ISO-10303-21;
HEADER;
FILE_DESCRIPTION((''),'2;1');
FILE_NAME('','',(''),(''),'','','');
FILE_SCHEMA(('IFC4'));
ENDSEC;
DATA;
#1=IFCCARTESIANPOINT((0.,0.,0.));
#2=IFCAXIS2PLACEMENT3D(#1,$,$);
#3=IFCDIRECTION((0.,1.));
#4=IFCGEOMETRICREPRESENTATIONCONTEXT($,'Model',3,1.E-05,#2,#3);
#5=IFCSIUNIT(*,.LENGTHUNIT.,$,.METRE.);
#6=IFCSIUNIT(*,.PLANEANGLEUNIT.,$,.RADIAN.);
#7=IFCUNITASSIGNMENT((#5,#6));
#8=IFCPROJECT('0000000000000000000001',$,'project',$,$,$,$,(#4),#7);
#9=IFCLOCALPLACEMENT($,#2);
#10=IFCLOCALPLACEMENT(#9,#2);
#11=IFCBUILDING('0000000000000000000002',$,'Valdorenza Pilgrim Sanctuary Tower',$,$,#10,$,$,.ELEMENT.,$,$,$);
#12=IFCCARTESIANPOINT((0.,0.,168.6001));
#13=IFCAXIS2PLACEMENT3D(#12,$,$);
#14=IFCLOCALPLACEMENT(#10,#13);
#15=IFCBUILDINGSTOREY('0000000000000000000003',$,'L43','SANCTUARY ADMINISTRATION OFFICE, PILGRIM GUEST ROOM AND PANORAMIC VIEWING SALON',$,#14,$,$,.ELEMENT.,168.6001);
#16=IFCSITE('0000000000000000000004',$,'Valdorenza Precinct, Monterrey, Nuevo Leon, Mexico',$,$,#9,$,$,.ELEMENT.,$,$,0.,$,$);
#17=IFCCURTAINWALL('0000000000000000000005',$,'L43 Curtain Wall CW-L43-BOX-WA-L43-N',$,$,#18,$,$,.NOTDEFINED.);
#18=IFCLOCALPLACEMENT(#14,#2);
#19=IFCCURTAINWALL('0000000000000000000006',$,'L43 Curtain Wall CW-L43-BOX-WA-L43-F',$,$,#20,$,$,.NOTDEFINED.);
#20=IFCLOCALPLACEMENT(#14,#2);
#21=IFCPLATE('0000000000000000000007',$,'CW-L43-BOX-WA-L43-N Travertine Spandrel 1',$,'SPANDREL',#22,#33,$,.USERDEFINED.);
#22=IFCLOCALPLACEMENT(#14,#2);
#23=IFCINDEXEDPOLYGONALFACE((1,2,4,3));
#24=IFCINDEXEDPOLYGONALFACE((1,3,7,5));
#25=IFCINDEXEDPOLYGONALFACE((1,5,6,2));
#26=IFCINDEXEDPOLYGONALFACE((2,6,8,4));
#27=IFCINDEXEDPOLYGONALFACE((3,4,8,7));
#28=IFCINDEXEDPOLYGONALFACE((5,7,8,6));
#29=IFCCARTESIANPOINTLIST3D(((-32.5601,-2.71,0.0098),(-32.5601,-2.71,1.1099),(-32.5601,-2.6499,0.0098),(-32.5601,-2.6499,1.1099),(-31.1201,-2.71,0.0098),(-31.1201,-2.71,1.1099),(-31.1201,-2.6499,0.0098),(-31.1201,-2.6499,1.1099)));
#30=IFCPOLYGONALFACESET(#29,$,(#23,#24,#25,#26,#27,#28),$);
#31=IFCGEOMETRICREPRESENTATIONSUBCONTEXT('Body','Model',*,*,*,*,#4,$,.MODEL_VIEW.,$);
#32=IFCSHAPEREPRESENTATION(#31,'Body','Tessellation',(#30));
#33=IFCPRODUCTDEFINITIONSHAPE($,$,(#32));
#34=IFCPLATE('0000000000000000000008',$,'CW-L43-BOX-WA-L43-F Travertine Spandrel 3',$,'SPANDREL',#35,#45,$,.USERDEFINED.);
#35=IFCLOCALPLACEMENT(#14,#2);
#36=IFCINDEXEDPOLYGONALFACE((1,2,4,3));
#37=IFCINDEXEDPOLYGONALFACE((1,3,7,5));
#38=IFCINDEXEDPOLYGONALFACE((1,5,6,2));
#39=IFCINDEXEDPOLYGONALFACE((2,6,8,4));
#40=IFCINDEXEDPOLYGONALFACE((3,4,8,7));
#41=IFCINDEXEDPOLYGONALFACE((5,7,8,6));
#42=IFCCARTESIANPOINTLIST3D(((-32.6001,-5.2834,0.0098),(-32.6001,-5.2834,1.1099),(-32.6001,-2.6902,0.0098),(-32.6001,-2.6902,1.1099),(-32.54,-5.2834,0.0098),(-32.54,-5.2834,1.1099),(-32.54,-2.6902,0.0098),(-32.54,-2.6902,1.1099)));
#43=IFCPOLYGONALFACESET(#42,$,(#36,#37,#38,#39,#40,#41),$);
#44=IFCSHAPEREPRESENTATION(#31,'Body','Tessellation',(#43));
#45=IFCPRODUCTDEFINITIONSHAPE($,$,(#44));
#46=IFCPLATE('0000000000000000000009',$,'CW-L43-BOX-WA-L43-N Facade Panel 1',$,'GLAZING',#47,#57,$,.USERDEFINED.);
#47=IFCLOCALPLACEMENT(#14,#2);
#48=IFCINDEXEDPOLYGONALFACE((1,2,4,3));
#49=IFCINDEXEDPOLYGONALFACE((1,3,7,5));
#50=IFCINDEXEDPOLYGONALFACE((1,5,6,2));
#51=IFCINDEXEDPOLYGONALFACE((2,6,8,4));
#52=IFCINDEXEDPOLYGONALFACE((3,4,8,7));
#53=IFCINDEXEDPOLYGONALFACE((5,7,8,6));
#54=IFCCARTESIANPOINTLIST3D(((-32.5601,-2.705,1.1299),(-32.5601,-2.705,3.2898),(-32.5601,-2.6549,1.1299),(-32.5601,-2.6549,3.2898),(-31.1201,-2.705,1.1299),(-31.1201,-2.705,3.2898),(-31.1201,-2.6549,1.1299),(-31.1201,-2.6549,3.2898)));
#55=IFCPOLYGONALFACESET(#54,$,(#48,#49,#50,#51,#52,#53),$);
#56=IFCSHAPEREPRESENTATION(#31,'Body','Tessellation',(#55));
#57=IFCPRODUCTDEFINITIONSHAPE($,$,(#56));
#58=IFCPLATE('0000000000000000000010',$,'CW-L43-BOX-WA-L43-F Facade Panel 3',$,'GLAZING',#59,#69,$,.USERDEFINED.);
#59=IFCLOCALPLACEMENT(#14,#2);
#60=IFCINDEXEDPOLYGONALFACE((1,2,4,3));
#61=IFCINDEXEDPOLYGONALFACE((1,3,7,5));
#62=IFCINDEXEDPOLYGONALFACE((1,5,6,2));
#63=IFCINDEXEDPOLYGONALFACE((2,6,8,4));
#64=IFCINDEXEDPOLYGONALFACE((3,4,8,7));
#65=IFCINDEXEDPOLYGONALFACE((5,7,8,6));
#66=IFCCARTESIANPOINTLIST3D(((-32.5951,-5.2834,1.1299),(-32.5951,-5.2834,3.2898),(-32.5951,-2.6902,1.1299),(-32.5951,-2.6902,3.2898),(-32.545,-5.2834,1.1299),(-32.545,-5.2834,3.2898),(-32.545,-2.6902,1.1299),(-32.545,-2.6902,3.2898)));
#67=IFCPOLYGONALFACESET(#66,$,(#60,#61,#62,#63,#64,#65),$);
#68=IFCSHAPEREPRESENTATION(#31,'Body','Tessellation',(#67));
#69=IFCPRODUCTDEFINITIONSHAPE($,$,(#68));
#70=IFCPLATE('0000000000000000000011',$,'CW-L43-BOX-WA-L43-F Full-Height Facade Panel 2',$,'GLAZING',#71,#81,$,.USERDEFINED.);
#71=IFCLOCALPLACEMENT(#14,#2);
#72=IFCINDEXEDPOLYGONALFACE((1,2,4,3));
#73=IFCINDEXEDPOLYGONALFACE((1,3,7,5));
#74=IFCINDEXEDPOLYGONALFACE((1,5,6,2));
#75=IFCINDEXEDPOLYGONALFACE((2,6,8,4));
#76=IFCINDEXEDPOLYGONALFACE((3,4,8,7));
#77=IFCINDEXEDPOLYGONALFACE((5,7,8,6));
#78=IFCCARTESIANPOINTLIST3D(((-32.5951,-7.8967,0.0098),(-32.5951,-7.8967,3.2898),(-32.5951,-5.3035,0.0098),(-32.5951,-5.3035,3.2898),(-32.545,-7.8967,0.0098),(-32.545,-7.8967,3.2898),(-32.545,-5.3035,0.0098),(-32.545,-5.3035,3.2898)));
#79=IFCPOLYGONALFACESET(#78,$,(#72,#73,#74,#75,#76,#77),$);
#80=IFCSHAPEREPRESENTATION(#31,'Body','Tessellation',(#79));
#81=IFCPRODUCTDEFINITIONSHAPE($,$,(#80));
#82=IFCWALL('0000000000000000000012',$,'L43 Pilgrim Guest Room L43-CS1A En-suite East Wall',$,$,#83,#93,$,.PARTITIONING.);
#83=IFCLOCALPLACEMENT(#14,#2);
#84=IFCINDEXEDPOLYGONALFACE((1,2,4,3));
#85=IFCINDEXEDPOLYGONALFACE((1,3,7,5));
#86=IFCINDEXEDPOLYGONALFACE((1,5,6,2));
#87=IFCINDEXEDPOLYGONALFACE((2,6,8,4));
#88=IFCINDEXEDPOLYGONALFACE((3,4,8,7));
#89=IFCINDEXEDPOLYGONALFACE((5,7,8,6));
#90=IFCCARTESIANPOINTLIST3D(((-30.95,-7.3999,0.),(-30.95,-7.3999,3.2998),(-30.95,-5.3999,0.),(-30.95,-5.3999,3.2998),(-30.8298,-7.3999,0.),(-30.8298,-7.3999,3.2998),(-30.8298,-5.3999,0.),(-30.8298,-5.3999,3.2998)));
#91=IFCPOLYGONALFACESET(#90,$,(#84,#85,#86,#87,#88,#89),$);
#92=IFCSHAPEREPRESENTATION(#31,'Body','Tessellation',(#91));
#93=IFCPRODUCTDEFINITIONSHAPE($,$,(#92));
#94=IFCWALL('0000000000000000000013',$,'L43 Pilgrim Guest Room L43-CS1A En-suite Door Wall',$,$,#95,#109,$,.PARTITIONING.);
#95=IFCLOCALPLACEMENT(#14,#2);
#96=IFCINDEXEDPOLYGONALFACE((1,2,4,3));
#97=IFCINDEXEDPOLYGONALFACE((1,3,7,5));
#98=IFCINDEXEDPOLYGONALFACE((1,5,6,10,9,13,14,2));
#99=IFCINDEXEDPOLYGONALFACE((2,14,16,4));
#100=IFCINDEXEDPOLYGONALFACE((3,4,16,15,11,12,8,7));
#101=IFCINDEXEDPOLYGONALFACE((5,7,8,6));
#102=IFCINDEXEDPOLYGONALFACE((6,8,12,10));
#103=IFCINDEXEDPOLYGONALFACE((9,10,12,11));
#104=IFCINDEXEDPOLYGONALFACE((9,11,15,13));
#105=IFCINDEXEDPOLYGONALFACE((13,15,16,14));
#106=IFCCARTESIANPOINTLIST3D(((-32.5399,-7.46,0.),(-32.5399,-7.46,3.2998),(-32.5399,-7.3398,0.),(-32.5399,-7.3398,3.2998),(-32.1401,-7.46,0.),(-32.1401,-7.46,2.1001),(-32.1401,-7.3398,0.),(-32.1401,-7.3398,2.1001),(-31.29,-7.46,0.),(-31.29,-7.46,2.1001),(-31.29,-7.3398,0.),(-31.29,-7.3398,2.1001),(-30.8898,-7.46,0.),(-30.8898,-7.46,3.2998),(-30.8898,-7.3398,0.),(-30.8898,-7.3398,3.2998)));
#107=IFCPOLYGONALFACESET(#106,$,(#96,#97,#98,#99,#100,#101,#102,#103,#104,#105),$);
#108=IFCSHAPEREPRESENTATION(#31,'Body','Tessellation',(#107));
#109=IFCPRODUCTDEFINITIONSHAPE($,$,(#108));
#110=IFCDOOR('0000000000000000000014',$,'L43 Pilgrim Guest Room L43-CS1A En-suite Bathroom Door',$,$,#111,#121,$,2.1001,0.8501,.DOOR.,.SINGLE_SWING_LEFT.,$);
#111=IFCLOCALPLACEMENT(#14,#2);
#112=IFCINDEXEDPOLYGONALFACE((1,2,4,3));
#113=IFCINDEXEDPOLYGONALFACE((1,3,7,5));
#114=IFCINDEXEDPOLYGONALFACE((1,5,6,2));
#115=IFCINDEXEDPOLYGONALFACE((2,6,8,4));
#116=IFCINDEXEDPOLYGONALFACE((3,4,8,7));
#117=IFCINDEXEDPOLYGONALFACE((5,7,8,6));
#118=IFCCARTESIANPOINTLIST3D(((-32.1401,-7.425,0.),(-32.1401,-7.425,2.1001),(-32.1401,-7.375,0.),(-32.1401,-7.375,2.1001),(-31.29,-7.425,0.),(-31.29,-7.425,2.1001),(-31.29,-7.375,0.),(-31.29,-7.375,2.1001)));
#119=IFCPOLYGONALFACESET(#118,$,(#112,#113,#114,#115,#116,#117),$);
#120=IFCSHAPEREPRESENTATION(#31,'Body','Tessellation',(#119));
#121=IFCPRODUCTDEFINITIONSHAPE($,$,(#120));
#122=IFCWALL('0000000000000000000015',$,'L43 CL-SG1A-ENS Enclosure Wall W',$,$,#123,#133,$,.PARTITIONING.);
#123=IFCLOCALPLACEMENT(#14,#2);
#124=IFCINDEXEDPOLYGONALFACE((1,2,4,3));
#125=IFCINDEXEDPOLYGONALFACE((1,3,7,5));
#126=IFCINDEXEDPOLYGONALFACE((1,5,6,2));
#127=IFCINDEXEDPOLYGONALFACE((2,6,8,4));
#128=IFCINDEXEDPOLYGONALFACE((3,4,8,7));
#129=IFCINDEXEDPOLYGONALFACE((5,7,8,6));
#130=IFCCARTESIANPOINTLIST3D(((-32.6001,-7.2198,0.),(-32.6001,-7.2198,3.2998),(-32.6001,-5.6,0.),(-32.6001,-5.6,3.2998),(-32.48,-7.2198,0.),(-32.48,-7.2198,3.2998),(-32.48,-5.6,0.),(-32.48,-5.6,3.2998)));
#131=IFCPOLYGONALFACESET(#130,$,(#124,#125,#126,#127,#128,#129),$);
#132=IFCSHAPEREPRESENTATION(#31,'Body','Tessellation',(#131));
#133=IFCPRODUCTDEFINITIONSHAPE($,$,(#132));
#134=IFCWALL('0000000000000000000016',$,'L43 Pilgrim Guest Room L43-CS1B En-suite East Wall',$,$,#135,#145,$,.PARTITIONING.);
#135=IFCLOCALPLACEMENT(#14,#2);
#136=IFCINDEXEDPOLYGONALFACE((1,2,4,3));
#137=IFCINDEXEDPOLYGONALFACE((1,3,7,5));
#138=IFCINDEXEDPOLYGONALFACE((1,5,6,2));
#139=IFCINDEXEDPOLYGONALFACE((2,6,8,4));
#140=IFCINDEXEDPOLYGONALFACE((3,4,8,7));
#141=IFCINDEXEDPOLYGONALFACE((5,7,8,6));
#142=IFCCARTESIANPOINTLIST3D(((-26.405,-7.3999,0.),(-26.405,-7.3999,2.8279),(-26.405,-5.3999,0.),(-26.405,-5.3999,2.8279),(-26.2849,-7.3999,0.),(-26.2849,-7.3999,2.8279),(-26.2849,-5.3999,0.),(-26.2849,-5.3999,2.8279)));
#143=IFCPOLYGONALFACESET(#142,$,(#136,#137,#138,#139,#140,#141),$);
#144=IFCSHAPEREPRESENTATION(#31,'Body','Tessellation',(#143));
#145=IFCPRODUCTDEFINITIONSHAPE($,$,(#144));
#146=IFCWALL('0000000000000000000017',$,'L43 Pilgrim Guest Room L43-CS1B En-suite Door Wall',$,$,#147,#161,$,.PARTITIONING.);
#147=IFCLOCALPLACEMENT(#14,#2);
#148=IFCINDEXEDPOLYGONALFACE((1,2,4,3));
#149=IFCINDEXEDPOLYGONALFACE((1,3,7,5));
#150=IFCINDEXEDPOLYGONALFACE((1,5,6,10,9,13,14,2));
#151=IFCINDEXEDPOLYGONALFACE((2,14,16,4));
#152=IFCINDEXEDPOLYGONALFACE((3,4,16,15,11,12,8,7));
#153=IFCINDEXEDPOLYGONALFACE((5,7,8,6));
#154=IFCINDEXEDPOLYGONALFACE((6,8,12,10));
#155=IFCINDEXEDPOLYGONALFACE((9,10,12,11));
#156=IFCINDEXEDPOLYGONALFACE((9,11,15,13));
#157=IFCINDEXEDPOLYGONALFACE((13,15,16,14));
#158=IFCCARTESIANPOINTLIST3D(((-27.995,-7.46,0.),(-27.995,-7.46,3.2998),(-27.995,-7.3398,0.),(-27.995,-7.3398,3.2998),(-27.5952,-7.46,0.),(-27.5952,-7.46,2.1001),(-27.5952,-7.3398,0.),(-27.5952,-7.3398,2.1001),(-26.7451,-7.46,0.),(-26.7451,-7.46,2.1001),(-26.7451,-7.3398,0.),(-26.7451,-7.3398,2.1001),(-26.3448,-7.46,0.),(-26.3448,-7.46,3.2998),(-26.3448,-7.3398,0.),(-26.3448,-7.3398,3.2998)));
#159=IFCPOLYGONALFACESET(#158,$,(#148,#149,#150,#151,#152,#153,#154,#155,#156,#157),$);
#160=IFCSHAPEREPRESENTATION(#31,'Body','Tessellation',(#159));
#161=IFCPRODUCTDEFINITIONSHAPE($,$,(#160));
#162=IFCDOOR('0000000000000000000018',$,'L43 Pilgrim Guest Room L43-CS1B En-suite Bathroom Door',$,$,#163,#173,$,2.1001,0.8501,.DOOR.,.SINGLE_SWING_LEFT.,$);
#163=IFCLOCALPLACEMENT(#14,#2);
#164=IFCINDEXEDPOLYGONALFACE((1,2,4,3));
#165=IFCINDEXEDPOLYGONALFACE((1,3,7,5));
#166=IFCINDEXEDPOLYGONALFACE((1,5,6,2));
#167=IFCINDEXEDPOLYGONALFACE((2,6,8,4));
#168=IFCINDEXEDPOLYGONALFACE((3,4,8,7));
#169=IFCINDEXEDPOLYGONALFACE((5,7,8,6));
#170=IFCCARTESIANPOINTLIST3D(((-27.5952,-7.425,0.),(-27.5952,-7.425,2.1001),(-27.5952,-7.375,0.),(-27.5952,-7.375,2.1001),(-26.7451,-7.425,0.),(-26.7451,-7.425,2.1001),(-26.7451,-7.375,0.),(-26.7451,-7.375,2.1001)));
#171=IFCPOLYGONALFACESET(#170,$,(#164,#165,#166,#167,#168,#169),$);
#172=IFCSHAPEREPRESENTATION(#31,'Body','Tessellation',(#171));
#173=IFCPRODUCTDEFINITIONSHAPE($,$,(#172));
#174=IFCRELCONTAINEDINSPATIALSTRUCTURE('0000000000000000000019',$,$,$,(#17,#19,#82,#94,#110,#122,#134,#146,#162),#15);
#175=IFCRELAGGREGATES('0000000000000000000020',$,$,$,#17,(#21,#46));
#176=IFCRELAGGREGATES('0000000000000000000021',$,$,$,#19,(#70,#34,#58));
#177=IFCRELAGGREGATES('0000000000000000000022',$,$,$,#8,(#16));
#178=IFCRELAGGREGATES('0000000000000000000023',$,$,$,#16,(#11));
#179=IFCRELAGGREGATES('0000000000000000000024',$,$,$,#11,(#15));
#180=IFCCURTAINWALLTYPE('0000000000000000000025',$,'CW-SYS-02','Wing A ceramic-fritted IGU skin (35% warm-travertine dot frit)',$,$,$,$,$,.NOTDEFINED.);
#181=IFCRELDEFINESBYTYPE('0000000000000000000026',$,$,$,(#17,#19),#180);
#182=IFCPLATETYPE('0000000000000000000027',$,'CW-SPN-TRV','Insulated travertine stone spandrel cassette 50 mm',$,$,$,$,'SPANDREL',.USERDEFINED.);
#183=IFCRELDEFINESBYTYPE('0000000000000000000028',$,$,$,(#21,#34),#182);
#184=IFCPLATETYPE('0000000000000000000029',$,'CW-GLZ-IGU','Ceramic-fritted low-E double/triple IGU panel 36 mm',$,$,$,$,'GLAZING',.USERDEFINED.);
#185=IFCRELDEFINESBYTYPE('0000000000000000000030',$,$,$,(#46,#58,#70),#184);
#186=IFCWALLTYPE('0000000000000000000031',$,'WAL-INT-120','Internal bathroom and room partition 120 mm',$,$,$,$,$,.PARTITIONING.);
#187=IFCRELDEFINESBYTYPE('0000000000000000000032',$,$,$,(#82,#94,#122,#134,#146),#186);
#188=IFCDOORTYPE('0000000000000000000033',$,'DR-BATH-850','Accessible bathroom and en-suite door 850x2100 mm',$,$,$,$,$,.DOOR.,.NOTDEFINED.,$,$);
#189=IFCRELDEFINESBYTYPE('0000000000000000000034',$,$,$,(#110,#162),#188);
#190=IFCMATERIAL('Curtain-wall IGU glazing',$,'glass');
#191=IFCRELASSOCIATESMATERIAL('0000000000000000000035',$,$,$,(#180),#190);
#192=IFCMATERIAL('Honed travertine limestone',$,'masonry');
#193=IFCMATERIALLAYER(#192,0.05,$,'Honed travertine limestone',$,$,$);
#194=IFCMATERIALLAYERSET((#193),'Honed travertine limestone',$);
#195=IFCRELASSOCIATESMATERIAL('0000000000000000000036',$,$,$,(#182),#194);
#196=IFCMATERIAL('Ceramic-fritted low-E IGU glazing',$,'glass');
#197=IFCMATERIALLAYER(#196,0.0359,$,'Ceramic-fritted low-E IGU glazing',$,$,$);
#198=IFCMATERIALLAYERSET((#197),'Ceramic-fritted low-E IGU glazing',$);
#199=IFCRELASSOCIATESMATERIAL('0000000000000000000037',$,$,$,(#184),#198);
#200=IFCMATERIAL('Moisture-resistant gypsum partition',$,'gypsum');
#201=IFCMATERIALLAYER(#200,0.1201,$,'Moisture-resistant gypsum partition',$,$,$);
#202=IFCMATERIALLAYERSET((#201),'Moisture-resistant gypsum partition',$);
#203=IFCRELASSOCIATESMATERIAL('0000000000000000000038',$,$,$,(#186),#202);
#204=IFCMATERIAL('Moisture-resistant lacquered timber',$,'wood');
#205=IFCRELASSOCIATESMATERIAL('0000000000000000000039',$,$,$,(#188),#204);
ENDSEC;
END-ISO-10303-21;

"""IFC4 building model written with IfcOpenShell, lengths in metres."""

from ifc_helpers import new_model, si_unit, direction, frame, frame_2d, origin, origin_2d, place, context, subcontext, project, spatial, rectangle, extrude, source, transform, mapped, material, layer, layer_set, type_object, element, fill, aggregate, save


model = new_model("IFC4")

# Units and contexts
model_context = context("Model", 3, precision=1e-05, world=origin(), true_north=direction((0.0, 1.0)))
body_context = subcontext(model_context, "Body", "Model", "MODEL_VIEW")
ifc_project = project(units=[si_unit("LENGTHUNIT", "METRE"), si_unit("PLANEANGLEUNIT", "RADIAN")], contexts=[model_context])

# Site, building, storey
site_placement = place(None, origin())
site = spatial("IfcSite", under=ifc_project, at=site_placement, Name="Valdorenza Precinct, Monterrey, Nuevo Leon, Mexico", CompositionType="ELEMENT", RefElevation=0.0)
building_placement = place(site_placement, origin())
building = spatial("IfcBuilding", under=site, at=building_placement, Name="Valdorenza Pilgrim Sanctuary Tower", CompositionType="ELEMENT")
storey_placement = place(building_placement, frame((0.0, 0.0, 168.6001)))
storey = spatial("IfcBuildingStorey", under=building, at=storey_placement, Name="L43", Description="SANCTUARY ADMINISTRATION OFFICE, PILGRIM GUEST ROOM AND PANORAMIC VIEWING SALON", CompositionType="ELEMENT", Elevation=168.6001)

# Curtain wall
ifc_material_1 = material(Name="Curtain-wall IGU glazing", Category="glass")
curtain_wall_type = type_object("IfcCurtainWallType", Name="CW-SYS-02", Description="Wing A ceramic-fritted IGU skin (35% warm-travertine dot frit)", PredefinedType="NOTDEFINED", material=ifc_material_1)
curtain_wall_1_placement = place(storey_placement, origin())
curtain_wall_1 = element("IfcCurtainWall", 1, at=curtain_wall_1_placement, inside=storey, type_object=curtain_wall_type, Name="L43 Curtain Wall CW-L43-BOX-WA-L43-N", PredefinedType="NOTDEFINED")

# Curtain wall
curtain_wall_2_placement = place(storey_placement, origin())
curtain_wall_2 = element("IfcCurtainWall", 2, at=curtain_wall_2_placement, inside=storey, type_object=curtain_wall_type, Name="L43 Curtain Wall CW-L43-BOX-WA-L43-F", PredefinedType="NOTDEFINED")

# Plates
ifc_material_2 = material(Name="Honed travertine limestone", Category="masonry")
ifc_layer_1 = layer(ifc_material_2, 0.05, Name="Honed travertine limestone")
ifc_layer_set_1 = layer_set([ifc_layer_1], Name="Honed travertine limestone")
plate_type_1 = type_object("IfcPlateType", Name="CW-SPN-TRV", Description="Insulated travertine stone spandrel cassette 50 mm", ElementType="SPANDREL", PredefinedType="USERDEFINED", material=ifc_layer_set_1)
shared_shape_1 = source(origin(), body_context, "Body", "SweptSolid", [
    extrude(rectangle(XDim=1.4399, YDim=0.0601, at=origin_2d()), origin(), (0.0, 0.0, 1.0), 1.1001),
])
plate_1_placement = place(storey_placement, frame((-31.8401, -2.6799, 0.0098), z_axis=(0.0, 0.0, 1.0), x_axis=(1.0, 0.0, 0.0)))
plate_1 = element("IfcPlate", 3, at=plate_1_placement, type_object=plate_type_1, Name="CW-L43-BOX-WA-L43-N Travertine Spandrel 1", ObjectType="SPANDREL", PredefinedType="USERDEFINED", context=body_context, shape_type="MappedRepresentation", body=[
    mapped(shared_shape_1, transform((0.0, 0.0, 0.0), x_axis=(1.0, 0.0, 0.0), y_axis=(0.0, 1.0, 0.0), z_axis=(0.0, 0.0, 1.0), scale=1.0)),
])
shared_shape_2 = source(origin(), body_context, "Body", "SweptSolid", [
    extrude(rectangle(XDim=2.5933, YDim=0.0601, at=origin_2d()), origin(), (0.0, 0.0, 1.0), 1.1001),
])
plate_2_placement = place(storey_placement, frame((-32.5701, -3.9868, 0.0098), z_axis=(0.0, 0.0, 1.0), x_axis=(0.0, 1.0, 0.0)))
plate_2 = element("IfcPlate", 4, at=plate_2_placement, type_object=plate_type_1, Name="CW-L43-BOX-WA-L43-F Travertine Spandrel 3", ObjectType="SPANDREL", PredefinedType="USERDEFINED", context=body_context, shape_type="MappedRepresentation", body=[
    mapped(shared_shape_2, transform((0.0, 0.0, 0.0), x_axis=(1.0, 0.0, 0.0), y_axis=(0.0, 1.0, 0.0), z_axis=(0.0, 0.0, 1.0), scale=1.0)),
])
ifc_material_3 = material(Name="Ceramic-fritted low-E IGU glazing", Category="glass")
ifc_layer_2 = layer(ifc_material_3, 0.0359, Name="Ceramic-fritted low-E IGU glazing")
ifc_layer_set_2 = layer_set([ifc_layer_2], Name="Ceramic-fritted low-E IGU glazing")
plate_type_2 = type_object("IfcPlateType", Name="CW-GLZ-IGU", Description="Ceramic-fritted low-E double/triple IGU panel 36 mm", ElementType="GLAZING", PredefinedType="USERDEFINED", material=ifc_layer_set_2)
shared_shape_3 = source(origin(), body_context, "Body", "SweptSolid", [
    extrude(rectangle(XDim=1.4399, YDim=0.05, at=origin_2d()), origin(), (0.0, 0.0, 1.0), 2.1599),
])
plate_3_placement = place(storey_placement, frame((-31.8401, -2.6799, 1.1299), z_axis=(0.0, 0.0, 1.0), x_axis=(1.0, 0.0, 0.0)))
plate_3 = element("IfcPlate", 5, at=plate_3_placement, type_object=plate_type_2, Name="CW-L43-BOX-WA-L43-N Facade Panel 1", ObjectType="GLAZING", PredefinedType="USERDEFINED", context=body_context, shape_type="MappedRepresentation", body=[
    mapped(shared_shape_3, transform((0.0, 0.0, 0.0), x_axis=(1.0, 0.0, 0.0), y_axis=(0.0, 1.0, 0.0), z_axis=(0.0, 0.0, 1.0), scale=1.0)),
])
aggregate(curtain_wall_1, [plate_1, plate_3])
shared_shape_4 = source(origin(), body_context, "Body", "SweptSolid", [
    extrude(rectangle(XDim=2.5933, YDim=0.05, at=origin_2d()), origin(), (0.0, 0.0, 1.0), 2.1599),
])
plate_4_placement = place(storey_placement, frame((-32.5701, -3.9868, 1.1299), z_axis=(0.0, 0.0, 1.0), x_axis=(0.0, 1.0, 0.0)))
plate_4 = element("IfcPlate", 6, at=plate_4_placement, type_object=plate_type_2, Name="CW-L43-BOX-WA-L43-F Facade Panel 3", ObjectType="GLAZING", PredefinedType="USERDEFINED", context=body_context, shape_type="MappedRepresentation", body=[
    mapped(shared_shape_4, transform((0.0, 0.0, 0.0), x_axis=(1.0, 0.0, 0.0), y_axis=(0.0, 1.0, 0.0), z_axis=(0.0, 0.0, 1.0), scale=1.0)),
])
shared_shape_5 = source(origin(), body_context, "Body", "SweptSolid", [
    extrude(rectangle(XDim=2.5933, YDim=0.05, at=origin_2d()), origin(), (0.0, 0.0, 1.0), 3.28),
])
plate_5_placement = place(storey_placement, frame((-32.5701, -6.6001, 0.0098), z_axis=(0.0, 0.0, 1.0), x_axis=(0.0, 1.0, 0.0)))
plate_5 = element("IfcPlate", 7, at=plate_5_placement, type_object=plate_type_2, Name="CW-L43-BOX-WA-L43-F Full-Height Facade Panel 2", ObjectType="GLAZING", PredefinedType="USERDEFINED", context=body_context, shape_type="MappedRepresentation", body=[
    mapped(shared_shape_5, transform((0.0, 0.0, 0.0), x_axis=(1.0, 0.0, 0.0), y_axis=(0.0, 1.0, 0.0), z_axis=(0.0, 0.0, 1.0), scale=1.0)),
])
aggregate(curtain_wall_2, [plate_5, plate_2, plate_4])

# Wall
ifc_material_4 = material(Name="Moisture-resistant gypsum partition", Category="gypsum")
ifc_layer_3 = layer(ifc_material_4, 0.1201, Name="Moisture-resistant gypsum partition")
ifc_layer_set_3 = layer_set([ifc_layer_3], Name="Moisture-resistant gypsum partition")
wall_type_1 = type_object("IfcWallType", Name="WAL-INT-120", Description="Internal bathroom and room partition 120 mm", PredefinedType="PARTITIONING", material=ifc_layer_set_3)
wall_1_placement = place(storey_placement, frame((-30.8899, -7.3999, 0.0), z_axis=(0.0, 0.0, 1.0), x_axis=(0.0, 1.0, 0.0)))
element("IfcWall", 8, at=wall_1_placement, inside=storey, type_object=wall_type_1, Name="L43 Pilgrim Guest Room L43-CS1A En-suite East Wall", PredefinedType="PARTITIONING", context=body_context, shape_type="SweptSolid", body=[
    extrude(rectangle(XDim=2.0, YDim=0.1201, at=frame_2d((1.0, 0.0))), origin(), (0.0, 0.0, 1.0), 3.2998),
])

# Wall, opening, door
wall_2_placement = place(storey_placement, frame((-32.54, -7.3999, 0.0), z_axis=(0.0, 0.0, 1.0), x_axis=(1.0, 0.0, 0.0)))
wall_2 = element("IfcWall", 9, at=wall_2_placement, inside=storey, type_object=wall_type_1, Name="L43 Pilgrim Guest Room L43-CS1A En-suite Door Wall", PredefinedType="PARTITIONING", context=body_context, shape_type="SweptSolid", body=[
    extrude(rectangle(XDim=1.6501, YDim=0.1201, at=frame_2d((0.8252, 0.0))), origin(), (0.0, 0.0, 1.0), 3.2998),
])
opening_1_placement = place(wall_2_placement, frame((0.3999, 0.0, 0.0)))
opening_1 = element("IfcOpeningElement", 10, at=opening_1_placement, cuts=wall_2, PredefinedType="OPENING", context=body_context, shape_type="SweptSolid", body=[
    extrude(rectangle(XDim=0.8501, YDim=2.1001, at=frame_2d((0.425, 1.05))), frame((0.0, 0.075, 0.0), z_axis=(0.0, -1.0, 0.0), x_axis=(1.0, 0.0, 0.0)), (0.0, 0.0, 1.0), 0.1499),
])
ifc_material_5 = material(Name="Moisture-resistant lacquered timber", Category="wood")
door_type_1 = type_object("IfcDoorType", Name="DR-BATH-850", Description="Accessible bathroom and en-suite door 850x2100 mm", OperationType="NOTDEFINED", PredefinedType="DOOR", material=ifc_material_5)
door_1_placement = place(opening_1_placement, origin())
door_1 = element("IfcDoor", 11, at=door_1_placement, inside=storey, type_object=door_type_1, Name="L43 Pilgrim Guest Room L43-CS1A En-suite Bathroom Door", OperationType="SINGLE_SWING_LEFT", OverallHeight=2.1001, OverallWidth=0.8501, PredefinedType="DOOR", context=body_context, shape_type="SweptSolid", body=[
    extrude(rectangle(XDim=0.8501, YDim=2.1001, at=frame_2d((0.425, 1.05))), frame((0.0, 0.0249, 0.0), z_axis=(0.0, -1.0, 0.0), x_axis=(1.0, 0.0, 0.0)), (0.0, 0.0, 1.0), 0.05),
])
fill(opening_1, door_1)

# Walls
wall_3_placement = place(storey_placement, frame((-32.54, -7.22, 0.0), z_axis=(0.0, 0.0, 1.0), x_axis=(0.0, 1.0, 0.0)))
element("IfcWall", 12, at=wall_3_placement, inside=storey, type_object=wall_type_1, Name="L43 CL-SG1A-ENS Enclosure Wall W", PredefinedType="PARTITIONING", context=body_context, shape_type="SweptSolid", body=[
    extrude(rectangle(XDim=1.6199, YDim=0.1201, at=frame_2d((0.8101, 0.0))), origin(), (0.0, 0.0, 1.0), 3.2998),
])
wall_4_placement = place(storey_placement, frame((-26.345, -7.3999, 0.0), z_axis=(0.0, 0.0, 1.0), x_axis=(0.0, 1.0, 0.0)))
element("IfcWall", 13, at=wall_4_placement, inside=storey, type_object=wall_type_1, Name="L43 Pilgrim Guest Room L43-CS1B En-suite East Wall", PredefinedType="PARTITIONING", context=body_context, shape_type="SweptSolid", body=[
    extrude(rectangle(XDim=2.0, YDim=0.1201, at=frame_2d((1.0, 0.0))), origin(), (0.0, 0.0, 1.0), 2.8279),
])

# Wall, opening, door
wall_5_placement = place(storey_placement, frame((-27.9951, -7.3999, 0.0), z_axis=(0.0, 0.0, 1.0), x_axis=(1.0, 0.0, 0.0)))
wall_5 = element("IfcWall", 14, at=wall_5_placement, inside=storey, type_object=wall_type_1, Name="L43 Pilgrim Guest Room L43-CS1B En-suite Door Wall", PredefinedType="PARTITIONING", context=body_context, shape_type="SweptSolid", body=[
    extrude(rectangle(XDim=1.6501, YDim=0.1201, at=frame_2d((0.8252, 0.0))), origin(), (0.0, 0.0, 1.0), 3.2998),
])
opening_2_placement = place(wall_5_placement, frame((0.3999, 0.0, 0.0)))
opening_2 = element("IfcOpeningElement", 15, at=opening_2_placement, cuts=wall_5, PredefinedType="OPENING", context=body_context, shape_type="SweptSolid", body=[
    extrude(rectangle(XDim=0.8501, YDim=2.1001, at=frame_2d((0.425, 1.05))), frame((0.0, 0.075, 0.0), z_axis=(0.0, -1.0, 0.0), x_axis=(1.0, 0.0, 0.0)), (0.0, 0.0, 1.0), 0.1499),
])
door_2_placement = place(opening_2_placement, origin())
door_2 = element("IfcDoor", 16, at=door_2_placement, inside=storey, type_object=door_type_1, Name="L43 Pilgrim Guest Room L43-CS1B En-suite Bathroom Door", OperationType="SINGLE_SWING_LEFT", OverallHeight=2.1001, OverallWidth=0.8501, PredefinedType="DOOR", context=body_context, shape_type="SweptSolid", body=[
    extrude(rectangle(XDim=0.8501, YDim=2.1001, at=frame_2d((0.425, 1.05))), frame((0.0, 0.0249, 0.0), z_axis=(0.0, -1.0, 0.0), x_axis=(1.0, 0.0, 0.0)), (0.0, 0.0, 1.0), 0.05),
])
fill(opening_2, door_2)

save(model, "model.ifc")
